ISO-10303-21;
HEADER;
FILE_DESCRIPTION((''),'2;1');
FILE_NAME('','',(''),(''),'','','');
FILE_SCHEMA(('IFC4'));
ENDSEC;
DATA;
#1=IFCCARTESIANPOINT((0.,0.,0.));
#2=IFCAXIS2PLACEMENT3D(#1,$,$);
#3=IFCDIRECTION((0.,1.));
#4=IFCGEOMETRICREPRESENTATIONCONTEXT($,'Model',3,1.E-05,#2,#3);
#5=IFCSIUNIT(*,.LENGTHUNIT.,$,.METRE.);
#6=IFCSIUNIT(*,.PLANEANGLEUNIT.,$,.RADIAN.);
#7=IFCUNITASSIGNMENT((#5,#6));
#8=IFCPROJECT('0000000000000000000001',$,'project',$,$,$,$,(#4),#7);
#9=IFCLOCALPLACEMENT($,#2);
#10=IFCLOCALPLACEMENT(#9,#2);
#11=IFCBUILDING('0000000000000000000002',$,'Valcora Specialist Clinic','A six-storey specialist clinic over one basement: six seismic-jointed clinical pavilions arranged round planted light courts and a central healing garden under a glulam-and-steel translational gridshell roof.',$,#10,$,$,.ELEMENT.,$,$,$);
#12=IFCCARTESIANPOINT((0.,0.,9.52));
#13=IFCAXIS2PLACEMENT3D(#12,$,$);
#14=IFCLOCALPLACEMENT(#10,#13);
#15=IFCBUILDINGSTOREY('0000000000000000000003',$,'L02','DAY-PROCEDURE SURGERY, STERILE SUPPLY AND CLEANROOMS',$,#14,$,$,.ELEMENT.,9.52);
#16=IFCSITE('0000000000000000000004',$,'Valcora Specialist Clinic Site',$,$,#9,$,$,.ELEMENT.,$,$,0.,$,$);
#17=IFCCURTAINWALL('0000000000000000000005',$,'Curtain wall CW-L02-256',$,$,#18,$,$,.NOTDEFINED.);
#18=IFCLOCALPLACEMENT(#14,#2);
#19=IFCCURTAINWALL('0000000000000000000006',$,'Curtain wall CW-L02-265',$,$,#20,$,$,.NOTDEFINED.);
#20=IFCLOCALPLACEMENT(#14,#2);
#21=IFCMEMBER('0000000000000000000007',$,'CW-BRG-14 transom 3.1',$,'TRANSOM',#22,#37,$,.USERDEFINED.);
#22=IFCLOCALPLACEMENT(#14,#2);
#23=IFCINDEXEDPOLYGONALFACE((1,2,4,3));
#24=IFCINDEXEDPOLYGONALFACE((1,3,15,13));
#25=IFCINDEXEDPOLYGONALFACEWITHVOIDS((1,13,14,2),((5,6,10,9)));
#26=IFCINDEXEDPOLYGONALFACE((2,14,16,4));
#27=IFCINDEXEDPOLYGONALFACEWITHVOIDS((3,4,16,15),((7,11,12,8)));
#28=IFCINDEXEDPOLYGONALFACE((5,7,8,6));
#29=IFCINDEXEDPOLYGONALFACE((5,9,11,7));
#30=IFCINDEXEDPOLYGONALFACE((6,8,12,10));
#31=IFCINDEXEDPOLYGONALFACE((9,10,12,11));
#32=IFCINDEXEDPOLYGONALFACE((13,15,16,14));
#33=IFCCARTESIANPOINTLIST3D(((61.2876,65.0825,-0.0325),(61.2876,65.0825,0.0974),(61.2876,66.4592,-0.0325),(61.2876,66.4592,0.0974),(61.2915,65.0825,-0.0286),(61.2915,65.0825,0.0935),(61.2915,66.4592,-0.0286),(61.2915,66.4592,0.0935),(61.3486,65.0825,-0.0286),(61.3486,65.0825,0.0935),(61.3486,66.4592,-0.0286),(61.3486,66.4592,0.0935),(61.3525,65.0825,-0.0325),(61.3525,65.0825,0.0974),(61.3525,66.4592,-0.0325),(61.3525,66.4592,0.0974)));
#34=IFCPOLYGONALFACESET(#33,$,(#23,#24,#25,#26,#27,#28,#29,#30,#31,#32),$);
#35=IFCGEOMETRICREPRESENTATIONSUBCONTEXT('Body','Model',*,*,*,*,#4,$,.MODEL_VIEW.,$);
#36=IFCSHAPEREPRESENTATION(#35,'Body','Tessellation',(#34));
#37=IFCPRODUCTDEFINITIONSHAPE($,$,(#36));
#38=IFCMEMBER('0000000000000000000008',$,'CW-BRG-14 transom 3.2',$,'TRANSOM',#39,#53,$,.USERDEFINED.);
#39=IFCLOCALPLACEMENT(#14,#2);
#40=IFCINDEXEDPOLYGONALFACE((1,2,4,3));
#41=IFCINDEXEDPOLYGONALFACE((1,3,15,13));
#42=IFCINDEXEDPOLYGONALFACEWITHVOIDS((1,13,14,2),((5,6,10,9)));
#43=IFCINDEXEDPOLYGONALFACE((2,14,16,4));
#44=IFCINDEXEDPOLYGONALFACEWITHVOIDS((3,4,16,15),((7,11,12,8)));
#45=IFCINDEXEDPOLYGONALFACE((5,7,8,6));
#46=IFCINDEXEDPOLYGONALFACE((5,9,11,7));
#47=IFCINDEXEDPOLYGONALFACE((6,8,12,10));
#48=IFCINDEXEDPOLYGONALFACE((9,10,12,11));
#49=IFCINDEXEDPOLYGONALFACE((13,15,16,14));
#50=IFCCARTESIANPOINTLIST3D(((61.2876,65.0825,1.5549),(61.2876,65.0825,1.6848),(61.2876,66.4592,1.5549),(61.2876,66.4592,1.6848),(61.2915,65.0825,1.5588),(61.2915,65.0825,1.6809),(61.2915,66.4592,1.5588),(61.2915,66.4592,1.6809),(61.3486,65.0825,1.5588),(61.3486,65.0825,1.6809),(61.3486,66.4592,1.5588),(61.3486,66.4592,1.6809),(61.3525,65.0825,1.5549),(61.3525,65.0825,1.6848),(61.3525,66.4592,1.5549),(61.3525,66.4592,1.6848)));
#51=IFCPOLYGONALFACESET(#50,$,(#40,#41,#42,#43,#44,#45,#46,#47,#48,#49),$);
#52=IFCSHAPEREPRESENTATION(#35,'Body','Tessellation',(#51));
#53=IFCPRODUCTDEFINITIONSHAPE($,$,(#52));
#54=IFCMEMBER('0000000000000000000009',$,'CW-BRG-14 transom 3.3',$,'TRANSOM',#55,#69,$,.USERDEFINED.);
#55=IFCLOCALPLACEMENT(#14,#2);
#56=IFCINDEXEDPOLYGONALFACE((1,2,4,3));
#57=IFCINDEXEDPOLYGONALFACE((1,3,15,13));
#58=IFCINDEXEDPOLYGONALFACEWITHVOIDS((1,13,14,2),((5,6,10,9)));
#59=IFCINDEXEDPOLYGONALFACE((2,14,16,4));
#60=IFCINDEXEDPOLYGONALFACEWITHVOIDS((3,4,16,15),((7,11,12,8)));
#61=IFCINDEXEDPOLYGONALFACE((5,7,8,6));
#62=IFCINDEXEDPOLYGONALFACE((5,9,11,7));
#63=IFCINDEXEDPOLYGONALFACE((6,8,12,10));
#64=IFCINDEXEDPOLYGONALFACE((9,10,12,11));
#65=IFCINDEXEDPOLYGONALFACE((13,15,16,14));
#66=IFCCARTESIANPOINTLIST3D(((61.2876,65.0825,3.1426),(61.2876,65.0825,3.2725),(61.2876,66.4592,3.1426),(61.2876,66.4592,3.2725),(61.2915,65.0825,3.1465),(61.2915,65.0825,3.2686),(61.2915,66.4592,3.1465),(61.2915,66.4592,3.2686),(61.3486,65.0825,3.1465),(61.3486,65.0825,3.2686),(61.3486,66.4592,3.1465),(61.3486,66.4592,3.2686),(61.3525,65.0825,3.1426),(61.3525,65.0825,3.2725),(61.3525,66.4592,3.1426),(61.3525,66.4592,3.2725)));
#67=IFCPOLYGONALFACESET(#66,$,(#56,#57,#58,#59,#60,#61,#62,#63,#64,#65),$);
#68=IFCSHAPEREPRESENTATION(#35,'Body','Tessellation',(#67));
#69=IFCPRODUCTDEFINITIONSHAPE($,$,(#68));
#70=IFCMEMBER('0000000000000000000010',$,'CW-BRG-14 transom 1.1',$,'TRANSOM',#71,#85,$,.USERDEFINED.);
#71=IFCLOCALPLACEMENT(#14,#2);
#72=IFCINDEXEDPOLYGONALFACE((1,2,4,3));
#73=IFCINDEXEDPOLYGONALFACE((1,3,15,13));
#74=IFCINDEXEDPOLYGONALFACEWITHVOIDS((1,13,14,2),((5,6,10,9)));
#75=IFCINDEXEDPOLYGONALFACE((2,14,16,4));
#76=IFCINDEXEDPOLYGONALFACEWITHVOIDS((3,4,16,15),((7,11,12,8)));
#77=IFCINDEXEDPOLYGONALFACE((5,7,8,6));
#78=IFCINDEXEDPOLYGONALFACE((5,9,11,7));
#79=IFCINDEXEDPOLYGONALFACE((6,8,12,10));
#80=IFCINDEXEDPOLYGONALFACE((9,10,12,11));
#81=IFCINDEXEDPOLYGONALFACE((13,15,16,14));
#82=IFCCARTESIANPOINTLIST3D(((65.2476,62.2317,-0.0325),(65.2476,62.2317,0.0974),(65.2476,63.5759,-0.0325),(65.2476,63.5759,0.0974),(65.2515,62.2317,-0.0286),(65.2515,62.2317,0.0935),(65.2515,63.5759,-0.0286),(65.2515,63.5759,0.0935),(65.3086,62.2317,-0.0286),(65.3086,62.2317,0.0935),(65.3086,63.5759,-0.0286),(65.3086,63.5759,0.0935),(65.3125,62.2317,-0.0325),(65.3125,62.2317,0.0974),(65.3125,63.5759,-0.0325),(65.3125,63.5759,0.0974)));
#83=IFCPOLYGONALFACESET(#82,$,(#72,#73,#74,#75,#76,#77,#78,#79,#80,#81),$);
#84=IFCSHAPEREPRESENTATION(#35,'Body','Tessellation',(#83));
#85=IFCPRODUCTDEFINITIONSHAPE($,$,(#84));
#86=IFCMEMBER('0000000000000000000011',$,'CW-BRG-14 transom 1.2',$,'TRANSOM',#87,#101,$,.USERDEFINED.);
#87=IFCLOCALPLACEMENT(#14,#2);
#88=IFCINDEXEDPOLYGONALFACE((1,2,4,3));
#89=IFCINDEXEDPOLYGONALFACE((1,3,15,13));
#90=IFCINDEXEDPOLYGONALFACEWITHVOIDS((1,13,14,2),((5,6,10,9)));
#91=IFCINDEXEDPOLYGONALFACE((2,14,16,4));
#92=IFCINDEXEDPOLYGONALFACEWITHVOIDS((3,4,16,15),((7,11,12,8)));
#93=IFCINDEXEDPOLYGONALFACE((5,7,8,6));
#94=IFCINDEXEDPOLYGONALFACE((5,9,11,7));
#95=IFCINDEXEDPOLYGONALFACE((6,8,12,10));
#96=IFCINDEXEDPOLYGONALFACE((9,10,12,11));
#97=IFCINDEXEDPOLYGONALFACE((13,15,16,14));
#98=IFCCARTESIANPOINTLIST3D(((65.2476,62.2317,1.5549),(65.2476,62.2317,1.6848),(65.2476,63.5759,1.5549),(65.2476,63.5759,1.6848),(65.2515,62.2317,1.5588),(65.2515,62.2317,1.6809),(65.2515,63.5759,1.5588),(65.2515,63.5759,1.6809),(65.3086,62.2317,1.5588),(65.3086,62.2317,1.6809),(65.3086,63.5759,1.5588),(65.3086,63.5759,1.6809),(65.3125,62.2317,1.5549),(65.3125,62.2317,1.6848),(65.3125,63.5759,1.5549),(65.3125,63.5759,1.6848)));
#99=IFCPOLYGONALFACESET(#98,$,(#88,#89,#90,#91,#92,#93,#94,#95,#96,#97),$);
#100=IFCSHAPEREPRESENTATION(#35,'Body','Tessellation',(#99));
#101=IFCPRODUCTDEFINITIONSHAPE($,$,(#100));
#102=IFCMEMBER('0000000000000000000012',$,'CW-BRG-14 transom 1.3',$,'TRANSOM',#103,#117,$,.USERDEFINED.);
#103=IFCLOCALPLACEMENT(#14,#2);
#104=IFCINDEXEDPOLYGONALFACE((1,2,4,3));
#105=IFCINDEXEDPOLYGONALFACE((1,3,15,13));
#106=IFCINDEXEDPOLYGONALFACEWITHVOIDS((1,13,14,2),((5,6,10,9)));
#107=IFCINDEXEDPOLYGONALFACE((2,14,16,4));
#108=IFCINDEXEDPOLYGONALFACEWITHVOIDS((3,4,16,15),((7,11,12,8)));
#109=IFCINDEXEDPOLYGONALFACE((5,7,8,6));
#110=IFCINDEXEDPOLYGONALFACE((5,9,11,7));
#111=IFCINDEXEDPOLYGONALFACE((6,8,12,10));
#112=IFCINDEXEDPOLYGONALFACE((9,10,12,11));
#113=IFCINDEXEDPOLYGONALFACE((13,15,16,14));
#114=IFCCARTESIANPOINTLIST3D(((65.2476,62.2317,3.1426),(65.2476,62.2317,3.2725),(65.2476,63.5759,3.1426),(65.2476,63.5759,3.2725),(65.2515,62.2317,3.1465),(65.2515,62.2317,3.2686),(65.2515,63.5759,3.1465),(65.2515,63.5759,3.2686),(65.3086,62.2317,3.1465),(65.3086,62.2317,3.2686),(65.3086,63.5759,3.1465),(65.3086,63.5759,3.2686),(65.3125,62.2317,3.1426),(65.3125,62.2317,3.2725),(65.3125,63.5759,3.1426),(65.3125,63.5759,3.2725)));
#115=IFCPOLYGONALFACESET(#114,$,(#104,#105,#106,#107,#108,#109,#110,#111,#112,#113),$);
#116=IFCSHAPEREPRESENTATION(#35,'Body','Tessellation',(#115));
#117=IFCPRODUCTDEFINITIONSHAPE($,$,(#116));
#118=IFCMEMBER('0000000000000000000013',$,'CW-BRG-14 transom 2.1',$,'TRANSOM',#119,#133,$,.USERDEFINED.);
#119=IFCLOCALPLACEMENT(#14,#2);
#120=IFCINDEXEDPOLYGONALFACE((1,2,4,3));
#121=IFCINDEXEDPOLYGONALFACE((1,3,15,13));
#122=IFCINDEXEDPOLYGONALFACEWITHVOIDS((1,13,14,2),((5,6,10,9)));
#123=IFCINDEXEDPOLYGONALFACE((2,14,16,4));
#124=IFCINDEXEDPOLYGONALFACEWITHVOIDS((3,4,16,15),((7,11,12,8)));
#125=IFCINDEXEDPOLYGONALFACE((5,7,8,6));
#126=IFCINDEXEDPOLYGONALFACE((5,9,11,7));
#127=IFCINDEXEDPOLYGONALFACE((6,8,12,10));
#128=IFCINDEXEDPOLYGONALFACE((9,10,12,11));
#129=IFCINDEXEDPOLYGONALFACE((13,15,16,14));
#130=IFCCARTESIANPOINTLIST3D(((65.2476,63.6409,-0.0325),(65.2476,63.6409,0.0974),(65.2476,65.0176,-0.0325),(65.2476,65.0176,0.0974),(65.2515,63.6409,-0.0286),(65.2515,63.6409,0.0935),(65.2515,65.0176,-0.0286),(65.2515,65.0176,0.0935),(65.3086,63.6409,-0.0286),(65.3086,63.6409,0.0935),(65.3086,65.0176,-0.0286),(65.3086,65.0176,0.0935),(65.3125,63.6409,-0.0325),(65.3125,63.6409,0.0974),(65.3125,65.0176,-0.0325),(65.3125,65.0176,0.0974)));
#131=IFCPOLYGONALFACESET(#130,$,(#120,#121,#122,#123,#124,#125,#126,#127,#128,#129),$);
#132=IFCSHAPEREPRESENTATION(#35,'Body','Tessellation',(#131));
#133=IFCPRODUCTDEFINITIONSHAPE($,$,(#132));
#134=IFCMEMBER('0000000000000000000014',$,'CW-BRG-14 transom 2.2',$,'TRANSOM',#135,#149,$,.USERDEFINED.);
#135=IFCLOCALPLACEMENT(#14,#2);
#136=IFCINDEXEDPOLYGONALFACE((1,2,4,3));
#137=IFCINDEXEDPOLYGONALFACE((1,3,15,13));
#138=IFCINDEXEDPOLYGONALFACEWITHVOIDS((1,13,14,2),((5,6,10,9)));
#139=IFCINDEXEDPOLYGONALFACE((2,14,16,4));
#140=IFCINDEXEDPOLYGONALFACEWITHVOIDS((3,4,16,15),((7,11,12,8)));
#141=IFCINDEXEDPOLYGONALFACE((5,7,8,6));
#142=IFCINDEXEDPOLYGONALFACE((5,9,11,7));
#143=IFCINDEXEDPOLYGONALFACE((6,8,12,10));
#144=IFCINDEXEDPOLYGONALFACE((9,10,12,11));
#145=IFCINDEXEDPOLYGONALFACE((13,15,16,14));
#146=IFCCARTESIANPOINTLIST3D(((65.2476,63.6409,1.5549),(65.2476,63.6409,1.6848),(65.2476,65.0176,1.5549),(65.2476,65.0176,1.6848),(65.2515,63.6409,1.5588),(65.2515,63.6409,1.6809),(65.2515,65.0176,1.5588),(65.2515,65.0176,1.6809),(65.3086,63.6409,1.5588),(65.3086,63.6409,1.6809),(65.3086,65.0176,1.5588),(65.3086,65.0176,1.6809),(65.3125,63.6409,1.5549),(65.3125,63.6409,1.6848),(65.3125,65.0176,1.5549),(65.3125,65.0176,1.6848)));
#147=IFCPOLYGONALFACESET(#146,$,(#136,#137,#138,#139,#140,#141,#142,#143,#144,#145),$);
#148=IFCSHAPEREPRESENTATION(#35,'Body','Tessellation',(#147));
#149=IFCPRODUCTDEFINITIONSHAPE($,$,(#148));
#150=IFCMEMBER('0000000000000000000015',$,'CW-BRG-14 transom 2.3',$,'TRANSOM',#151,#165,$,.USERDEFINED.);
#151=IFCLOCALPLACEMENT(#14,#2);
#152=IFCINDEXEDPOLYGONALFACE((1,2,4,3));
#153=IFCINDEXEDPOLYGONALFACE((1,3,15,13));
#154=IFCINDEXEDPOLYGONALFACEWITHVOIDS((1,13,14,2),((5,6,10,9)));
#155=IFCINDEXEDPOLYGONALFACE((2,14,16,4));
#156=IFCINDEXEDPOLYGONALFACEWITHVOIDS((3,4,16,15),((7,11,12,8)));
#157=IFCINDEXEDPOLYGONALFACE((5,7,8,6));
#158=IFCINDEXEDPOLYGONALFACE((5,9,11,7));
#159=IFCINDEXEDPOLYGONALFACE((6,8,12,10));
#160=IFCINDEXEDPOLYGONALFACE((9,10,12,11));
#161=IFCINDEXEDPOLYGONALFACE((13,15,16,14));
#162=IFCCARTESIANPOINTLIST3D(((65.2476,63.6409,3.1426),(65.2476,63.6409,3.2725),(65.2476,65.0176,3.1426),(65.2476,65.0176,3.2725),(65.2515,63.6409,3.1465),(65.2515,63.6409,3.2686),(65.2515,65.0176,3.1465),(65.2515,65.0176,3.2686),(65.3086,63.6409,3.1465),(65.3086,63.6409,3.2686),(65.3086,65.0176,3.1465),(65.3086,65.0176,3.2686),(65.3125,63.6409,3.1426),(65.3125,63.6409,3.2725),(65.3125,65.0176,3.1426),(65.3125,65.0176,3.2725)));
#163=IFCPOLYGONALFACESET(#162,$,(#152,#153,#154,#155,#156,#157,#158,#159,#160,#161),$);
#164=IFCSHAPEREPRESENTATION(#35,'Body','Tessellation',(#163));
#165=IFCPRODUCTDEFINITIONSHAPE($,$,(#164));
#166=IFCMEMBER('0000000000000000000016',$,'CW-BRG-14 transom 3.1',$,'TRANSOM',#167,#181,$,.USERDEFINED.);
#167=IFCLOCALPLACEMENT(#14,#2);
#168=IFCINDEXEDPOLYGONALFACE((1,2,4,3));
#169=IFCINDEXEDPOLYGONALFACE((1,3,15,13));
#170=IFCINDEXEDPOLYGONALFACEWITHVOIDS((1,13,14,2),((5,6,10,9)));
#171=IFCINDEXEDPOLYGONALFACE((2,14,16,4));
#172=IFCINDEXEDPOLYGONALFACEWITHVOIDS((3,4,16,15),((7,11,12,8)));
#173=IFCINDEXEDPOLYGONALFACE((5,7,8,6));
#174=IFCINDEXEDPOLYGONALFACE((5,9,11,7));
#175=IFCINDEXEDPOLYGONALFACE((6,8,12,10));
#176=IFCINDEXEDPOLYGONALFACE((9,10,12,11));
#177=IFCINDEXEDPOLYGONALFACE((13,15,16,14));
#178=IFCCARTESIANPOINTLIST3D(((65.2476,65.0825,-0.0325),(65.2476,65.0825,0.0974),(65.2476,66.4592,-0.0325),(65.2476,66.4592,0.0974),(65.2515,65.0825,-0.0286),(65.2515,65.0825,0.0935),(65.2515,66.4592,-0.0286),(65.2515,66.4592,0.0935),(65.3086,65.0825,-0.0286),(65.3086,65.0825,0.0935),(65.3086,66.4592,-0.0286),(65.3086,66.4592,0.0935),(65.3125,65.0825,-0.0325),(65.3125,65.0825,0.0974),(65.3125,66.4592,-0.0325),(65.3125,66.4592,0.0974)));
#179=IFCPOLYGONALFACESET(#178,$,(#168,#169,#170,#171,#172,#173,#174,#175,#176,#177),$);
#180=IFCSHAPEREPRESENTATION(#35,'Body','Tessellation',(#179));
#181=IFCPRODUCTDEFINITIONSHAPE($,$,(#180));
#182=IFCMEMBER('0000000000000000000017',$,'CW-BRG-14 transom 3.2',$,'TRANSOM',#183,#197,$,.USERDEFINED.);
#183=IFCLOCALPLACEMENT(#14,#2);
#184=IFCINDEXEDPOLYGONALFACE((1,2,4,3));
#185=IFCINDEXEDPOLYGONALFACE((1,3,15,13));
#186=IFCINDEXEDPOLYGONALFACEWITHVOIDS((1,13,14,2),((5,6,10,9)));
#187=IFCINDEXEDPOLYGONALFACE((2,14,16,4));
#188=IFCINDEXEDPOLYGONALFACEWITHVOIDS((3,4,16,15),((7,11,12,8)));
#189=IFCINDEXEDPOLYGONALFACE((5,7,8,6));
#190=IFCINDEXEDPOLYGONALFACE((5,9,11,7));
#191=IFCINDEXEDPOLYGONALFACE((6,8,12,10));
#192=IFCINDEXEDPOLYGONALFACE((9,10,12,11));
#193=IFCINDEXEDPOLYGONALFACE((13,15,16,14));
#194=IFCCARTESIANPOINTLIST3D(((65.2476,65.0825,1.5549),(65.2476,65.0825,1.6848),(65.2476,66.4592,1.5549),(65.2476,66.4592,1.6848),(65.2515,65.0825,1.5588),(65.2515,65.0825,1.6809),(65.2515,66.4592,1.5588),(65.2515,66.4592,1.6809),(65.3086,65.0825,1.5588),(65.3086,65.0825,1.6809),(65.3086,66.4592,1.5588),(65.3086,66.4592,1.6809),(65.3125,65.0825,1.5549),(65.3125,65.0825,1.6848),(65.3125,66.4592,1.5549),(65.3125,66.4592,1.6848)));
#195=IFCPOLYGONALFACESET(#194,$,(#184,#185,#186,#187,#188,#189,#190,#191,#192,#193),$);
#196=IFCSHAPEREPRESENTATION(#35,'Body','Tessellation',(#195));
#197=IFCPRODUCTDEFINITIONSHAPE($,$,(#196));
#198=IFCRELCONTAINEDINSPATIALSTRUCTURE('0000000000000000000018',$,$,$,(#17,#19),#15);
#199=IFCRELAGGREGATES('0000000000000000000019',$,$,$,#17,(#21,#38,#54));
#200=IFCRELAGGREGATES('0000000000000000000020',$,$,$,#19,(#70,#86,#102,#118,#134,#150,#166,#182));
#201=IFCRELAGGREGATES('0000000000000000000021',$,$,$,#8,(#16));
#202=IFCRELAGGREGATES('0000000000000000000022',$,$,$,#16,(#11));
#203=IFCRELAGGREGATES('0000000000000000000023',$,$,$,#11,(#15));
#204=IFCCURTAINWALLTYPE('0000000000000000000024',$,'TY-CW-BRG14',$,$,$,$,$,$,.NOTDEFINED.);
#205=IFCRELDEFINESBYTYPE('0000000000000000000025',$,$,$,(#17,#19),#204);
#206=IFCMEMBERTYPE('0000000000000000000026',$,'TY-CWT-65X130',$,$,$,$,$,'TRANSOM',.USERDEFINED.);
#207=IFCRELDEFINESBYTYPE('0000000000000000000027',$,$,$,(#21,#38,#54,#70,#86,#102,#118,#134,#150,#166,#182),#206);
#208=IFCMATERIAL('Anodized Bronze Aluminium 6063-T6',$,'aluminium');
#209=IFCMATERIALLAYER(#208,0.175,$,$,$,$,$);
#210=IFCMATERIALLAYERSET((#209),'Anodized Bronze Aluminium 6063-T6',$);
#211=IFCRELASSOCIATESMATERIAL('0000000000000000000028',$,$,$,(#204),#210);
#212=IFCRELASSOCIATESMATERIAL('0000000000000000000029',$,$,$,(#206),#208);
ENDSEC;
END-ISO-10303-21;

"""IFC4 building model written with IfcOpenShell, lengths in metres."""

from ifc_helpers import new_model, si_unit, direction, frame, origin, origin_2d, place, context, subcontext, project, spatial, hollow_rectangle, extrude, material, layer, layer_set, material_profile, profile_set, type_object, element, aggregate, save


model = new_model("IFC4")

# Units and contexts
model_context = context("Model", 3, precision=1e-05, world=origin(), true_north=direction((0.0, 1.0)))
body_context = subcontext(model_context, "Body", "Model", "MODEL_VIEW")
ifc_project = project(units=[si_unit("LENGTHUNIT", "METRE"), si_unit("PLANEANGLEUNIT", "RADIAN")], contexts=[model_context])

# Site, building, storey
site_placement = place(None, origin())
site = spatial("IfcSite", under=ifc_project, at=site_placement, Name="Valcora Specialist Clinic Site", CompositionType="ELEMENT", RefElevation=0.0)
building_placement = place(site_placement, origin())
building = spatial("IfcBuilding", under=site, at=building_placement, Name="Valcora Specialist Clinic", Description="A six-storey specialist clinic over one basement: six seismic-jointed clinical pavilions arranged round planted light courts and a central healing garden under a glulam-and-steel translational gridshell roof.", CompositionType="ELEMENT")
storey_placement = place(building_placement, frame((0.0, 0.0, 9.52)))
storey = spatial("IfcBuildingStorey", under=building, at=storey_placement, Name="L02", Description="DAY-PROCEDURE SURGERY, STERILE SUPPLY AND CLEANROOMS", CompositionType="ELEMENT", Elevation=9.52)

# Curtain walls
ifc_material_1 = material(Name="Anodized Bronze Aluminium 6063-T6", Category="aluminium")
ifc_layer_1 = layer(ifc_material_1, 0.175)
ifc_layer_set_1 = layer_set([ifc_layer_1], Name="Anodized Bronze Aluminium 6063-T6")
curtain_wall_type = type_object("IfcCurtainWallType", Name="TY-CW-BRG14", PredefinedType="NOTDEFINED", material=ifc_layer_set_1)
curtain_wall_1_placement = place(storey_placement, origin())
curtain_wall_1 = element("IfcCurtainWall", 1, at=curtain_wall_1_placement, inside=storey, type_object=curtain_wall_type, Name="Curtain wall CW-L02-256", PredefinedType="NOTDEFINED")
curtain_wall_2_placement = place(storey_placement, origin())
curtain_wall_2 = element("IfcCurtainWall", 2, at=curtain_wall_2_placement, inside=storey, type_object=curtain_wall_type, Name="Curtain wall CW-L02-265", PredefinedType="NOTDEFINED")

# Members
ifc_material_profile_1 = material_profile(ifc_material_1, hollow_rectangle(XDim=0.0649, YDim=0.1299, WallThickness=0.0039, at=origin_2d()), Name="AL-TRN-65X130")
ifc_profile_set_1 = profile_set([ifc_material_profile_1], Name="Anodized Bronze Aluminium 6063-T6")
member_type_1 = type_object("IfcMemberType", Name="TY-CWT-65X130", ElementType="TRANSOM", PredefinedType="USERDEFINED", material=ifc_profile_set_1)
member_1_placement = place(storey_placement, frame((61.3201, 65.0825, 0.0325), z_axis=(0.0, 1.0, 0.0), x_axis=(-1.0, 0.0, 0.0)))
member_1 = element("IfcMember", 3, at=member_1_placement, type_object=member_type_1, Name="CW-BRG-14 transom 3.1", ObjectType="TRANSOM", PredefinedType="USERDEFINED", context=body_context, shape_type="SweptSolid", body=[
    extrude(hollow_rectangle(XDim=0.0649, YDim=0.1299, WallThickness=0.0039, at=origin_2d()), origin(), (0.0, 0.0, 1.0), 1.3767),
])
member_2_placement = place(storey_placement, frame((61.3201, 65.0825, 1.6199), z_axis=(0.0, 1.0, 0.0), x_axis=(-1.0, 0.0, 0.0)))
member_2 = element("IfcMember", 4, at=member_2_placement, type_object=member_type_1, Name="CW-BRG-14 transom 3.2", ObjectType="TRANSOM", PredefinedType="USERDEFINED", context=body_context, shape_type="SweptSolid", body=[
    extrude(hollow_rectangle(XDim=0.0649, YDim=0.1299, WallThickness=0.0039, at=origin_2d()), origin(), (0.0, 0.0, 1.0), 1.3767),
])
member_3_placement = place(storey_placement, frame((61.3201, 65.0825, 3.2075), z_axis=(0.0, 1.0, 0.0), x_axis=(-1.0, 0.0, 0.0)))
member_3 = element("IfcMember", 5, at=member_3_placement, type_object=member_type_1, Name="CW-BRG-14 transom 3.3", ObjectType="TRANSOM", PredefinedType="USERDEFINED", context=body_context, shape_type="SweptSolid", body=[
    extrude(hollow_rectangle(XDim=0.0649, YDim=0.1299, WallThickness=0.0039, at=origin_2d()), origin(), (0.0, 0.0, 1.0), 1.3767),
])
member_4_placement = place(storey_placement, frame((65.28, 62.2317, 0.0325), z_axis=(0.0, 1.0, 0.0), x_axis=(-1.0, 0.0, 0.0)))
member_4 = element("IfcMember", 6, at=member_4_placement, type_object=member_type_1, Name="CW-BRG-14 transom 1.1", ObjectType="TRANSOM", PredefinedType="USERDEFINED", context=body_context, shape_type="SweptSolid", body=[
    extrude(hollow_rectangle(XDim=0.0649, YDim=0.1299, WallThickness=0.0039, at=origin_2d()), origin(), (0.0, 0.0, 1.0), 1.3442),
])
member_5_placement = place(storey_placement, frame((65.28, 62.2317, 1.6199), z_axis=(0.0, 1.0, 0.0), x_axis=(-1.0, 0.0, 0.0)))
member_5 = element("IfcMember", 7, at=member_5_placement, type_object=member_type_1, Name="CW-BRG-14 transom 1.2", ObjectType="TRANSOM", PredefinedType="USERDEFINED", context=body_context, shape_type="SweptSolid", body=[
    extrude(hollow_rectangle(XDim=0.0649, YDim=0.1299, WallThickness=0.0039, at=origin_2d()), origin(), (0.0, 0.0, 1.0), 1.3442),
])
member_6_placement = place(storey_placement, frame((65.28, 62.2317, 3.2075), z_axis=(0.0, 1.0, 0.0), x_axis=(-1.0, 0.0, 0.0)))
member_6 = element("IfcMember", 8, at=member_6_placement, type_object=member_type_1, Name="CW-BRG-14 transom 1.3", ObjectType="TRANSOM", PredefinedType="USERDEFINED", context=body_context, shape_type="SweptSolid", body=[
    extrude(hollow_rectangle(XDim=0.0649, YDim=0.1299, WallThickness=0.0039, at=origin_2d()), origin(), (0.0, 0.0, 1.0), 1.3442),
])
member_7_placement = place(storey_placement, frame((65.28, 63.6409, 0.0325), z_axis=(0.0, 1.0, 0.0), x_axis=(-1.0, 0.0, 0.0)))
member_7 = element("IfcMember", 9, at=member_7_placement, type_object=member_type_1, Name="CW-BRG-14 transom 2.1", ObjectType="TRANSOM", PredefinedType="USERDEFINED", context=body_context, shape_type="SweptSolid", body=[
    extrude(hollow_rectangle(XDim=0.0649, YDim=0.1299, WallThickness=0.0039, at=origin_2d()), origin(), (0.0, 0.0, 1.0), 1.3767),
])
member_8_placement = place(storey_placement, frame((65.28, 63.6409, 1.6199), z_axis=(0.0, 1.0, 0.0), x_axis=(-1.0, 0.0, 0.0)))
member_8 = element("IfcMember", 10, at=member_8_placement, type_object=member_type_1, Name="CW-BRG-14 transom 2.2", ObjectType="TRANSOM", PredefinedType="USERDEFINED", context=body_context, shape_type="SweptSolid", body=[
    extrude(hollow_rectangle(XDim=0.0649, YDim=0.1299, WallThickness=0.0039, at=origin_2d()), origin(), (0.0, 0.0, 1.0), 1.3767),
])
member_9_placement = place(storey_placement, frame((65.28, 63.6409, 3.2075), z_axis=(0.0, 1.0, 0.0), x_axis=(-1.0, 0.0, 0.0)))
member_9 = element("IfcMember", 11, at=member_9_placement, type_object=member_type_1, Name="CW-BRG-14 transom 2.3", ObjectType="TRANSOM", PredefinedType="USERDEFINED", context=body_context, shape_type="SweptSolid", body=[
    extrude(hollow_rectangle(XDim=0.0649, YDim=0.1299, WallThickness=0.0039, at=origin_2d()), origin(), (0.0, 0.0, 1.0), 1.3767),
])
member_10_placement = place(storey_placement, frame((65.28, 65.0825, 0.0325), z_axis=(0.0, 1.0, 0.0), x_axis=(-1.0, 0.0, 0.0)))
member_10 = element("IfcMember", 12, at=member_10_placement, type_object=member_type_1, Name="CW-BRG-14 transom 3.1", ObjectType="TRANSOM", PredefinedType="USERDEFINED", context=body_context, shape_type="SweptSolid", body=[
    extrude(hollow_rectangle(XDim=0.0649, YDim=0.1299, WallThickness=0.0039, at=origin_2d()), origin(), (0.0, 0.0, 1.0), 1.3767),
])
member_11_placement = place(storey_placement, frame((65.28, 65.0825, 1.6199), z_axis=(0.0, 1.0, 0.0), x_axis=(-1.0, 0.0, 0.0)))
member_11 = element("IfcMember", 13, at=member_11_placement, type_object=member_type_1, Name="CW-BRG-14 transom 3.2", ObjectType="TRANSOM", PredefinedType="USERDEFINED", context=body_context, shape_type="SweptSolid", body=[
    extrude(hollow_rectangle(XDim=0.0649, YDim=0.1299, WallThickness=0.0039, at=origin_2d()), origin(), (0.0, 0.0, 1.0), 1.3767),
])

aggregate(curtain_wall_1, [member_1, member_2, member_3])
aggregate(curtain_wall_2, [member_4, member_5, member_6, member_7, member_8, member_9, member_10, member_11])

save(model, "model.ifc")
